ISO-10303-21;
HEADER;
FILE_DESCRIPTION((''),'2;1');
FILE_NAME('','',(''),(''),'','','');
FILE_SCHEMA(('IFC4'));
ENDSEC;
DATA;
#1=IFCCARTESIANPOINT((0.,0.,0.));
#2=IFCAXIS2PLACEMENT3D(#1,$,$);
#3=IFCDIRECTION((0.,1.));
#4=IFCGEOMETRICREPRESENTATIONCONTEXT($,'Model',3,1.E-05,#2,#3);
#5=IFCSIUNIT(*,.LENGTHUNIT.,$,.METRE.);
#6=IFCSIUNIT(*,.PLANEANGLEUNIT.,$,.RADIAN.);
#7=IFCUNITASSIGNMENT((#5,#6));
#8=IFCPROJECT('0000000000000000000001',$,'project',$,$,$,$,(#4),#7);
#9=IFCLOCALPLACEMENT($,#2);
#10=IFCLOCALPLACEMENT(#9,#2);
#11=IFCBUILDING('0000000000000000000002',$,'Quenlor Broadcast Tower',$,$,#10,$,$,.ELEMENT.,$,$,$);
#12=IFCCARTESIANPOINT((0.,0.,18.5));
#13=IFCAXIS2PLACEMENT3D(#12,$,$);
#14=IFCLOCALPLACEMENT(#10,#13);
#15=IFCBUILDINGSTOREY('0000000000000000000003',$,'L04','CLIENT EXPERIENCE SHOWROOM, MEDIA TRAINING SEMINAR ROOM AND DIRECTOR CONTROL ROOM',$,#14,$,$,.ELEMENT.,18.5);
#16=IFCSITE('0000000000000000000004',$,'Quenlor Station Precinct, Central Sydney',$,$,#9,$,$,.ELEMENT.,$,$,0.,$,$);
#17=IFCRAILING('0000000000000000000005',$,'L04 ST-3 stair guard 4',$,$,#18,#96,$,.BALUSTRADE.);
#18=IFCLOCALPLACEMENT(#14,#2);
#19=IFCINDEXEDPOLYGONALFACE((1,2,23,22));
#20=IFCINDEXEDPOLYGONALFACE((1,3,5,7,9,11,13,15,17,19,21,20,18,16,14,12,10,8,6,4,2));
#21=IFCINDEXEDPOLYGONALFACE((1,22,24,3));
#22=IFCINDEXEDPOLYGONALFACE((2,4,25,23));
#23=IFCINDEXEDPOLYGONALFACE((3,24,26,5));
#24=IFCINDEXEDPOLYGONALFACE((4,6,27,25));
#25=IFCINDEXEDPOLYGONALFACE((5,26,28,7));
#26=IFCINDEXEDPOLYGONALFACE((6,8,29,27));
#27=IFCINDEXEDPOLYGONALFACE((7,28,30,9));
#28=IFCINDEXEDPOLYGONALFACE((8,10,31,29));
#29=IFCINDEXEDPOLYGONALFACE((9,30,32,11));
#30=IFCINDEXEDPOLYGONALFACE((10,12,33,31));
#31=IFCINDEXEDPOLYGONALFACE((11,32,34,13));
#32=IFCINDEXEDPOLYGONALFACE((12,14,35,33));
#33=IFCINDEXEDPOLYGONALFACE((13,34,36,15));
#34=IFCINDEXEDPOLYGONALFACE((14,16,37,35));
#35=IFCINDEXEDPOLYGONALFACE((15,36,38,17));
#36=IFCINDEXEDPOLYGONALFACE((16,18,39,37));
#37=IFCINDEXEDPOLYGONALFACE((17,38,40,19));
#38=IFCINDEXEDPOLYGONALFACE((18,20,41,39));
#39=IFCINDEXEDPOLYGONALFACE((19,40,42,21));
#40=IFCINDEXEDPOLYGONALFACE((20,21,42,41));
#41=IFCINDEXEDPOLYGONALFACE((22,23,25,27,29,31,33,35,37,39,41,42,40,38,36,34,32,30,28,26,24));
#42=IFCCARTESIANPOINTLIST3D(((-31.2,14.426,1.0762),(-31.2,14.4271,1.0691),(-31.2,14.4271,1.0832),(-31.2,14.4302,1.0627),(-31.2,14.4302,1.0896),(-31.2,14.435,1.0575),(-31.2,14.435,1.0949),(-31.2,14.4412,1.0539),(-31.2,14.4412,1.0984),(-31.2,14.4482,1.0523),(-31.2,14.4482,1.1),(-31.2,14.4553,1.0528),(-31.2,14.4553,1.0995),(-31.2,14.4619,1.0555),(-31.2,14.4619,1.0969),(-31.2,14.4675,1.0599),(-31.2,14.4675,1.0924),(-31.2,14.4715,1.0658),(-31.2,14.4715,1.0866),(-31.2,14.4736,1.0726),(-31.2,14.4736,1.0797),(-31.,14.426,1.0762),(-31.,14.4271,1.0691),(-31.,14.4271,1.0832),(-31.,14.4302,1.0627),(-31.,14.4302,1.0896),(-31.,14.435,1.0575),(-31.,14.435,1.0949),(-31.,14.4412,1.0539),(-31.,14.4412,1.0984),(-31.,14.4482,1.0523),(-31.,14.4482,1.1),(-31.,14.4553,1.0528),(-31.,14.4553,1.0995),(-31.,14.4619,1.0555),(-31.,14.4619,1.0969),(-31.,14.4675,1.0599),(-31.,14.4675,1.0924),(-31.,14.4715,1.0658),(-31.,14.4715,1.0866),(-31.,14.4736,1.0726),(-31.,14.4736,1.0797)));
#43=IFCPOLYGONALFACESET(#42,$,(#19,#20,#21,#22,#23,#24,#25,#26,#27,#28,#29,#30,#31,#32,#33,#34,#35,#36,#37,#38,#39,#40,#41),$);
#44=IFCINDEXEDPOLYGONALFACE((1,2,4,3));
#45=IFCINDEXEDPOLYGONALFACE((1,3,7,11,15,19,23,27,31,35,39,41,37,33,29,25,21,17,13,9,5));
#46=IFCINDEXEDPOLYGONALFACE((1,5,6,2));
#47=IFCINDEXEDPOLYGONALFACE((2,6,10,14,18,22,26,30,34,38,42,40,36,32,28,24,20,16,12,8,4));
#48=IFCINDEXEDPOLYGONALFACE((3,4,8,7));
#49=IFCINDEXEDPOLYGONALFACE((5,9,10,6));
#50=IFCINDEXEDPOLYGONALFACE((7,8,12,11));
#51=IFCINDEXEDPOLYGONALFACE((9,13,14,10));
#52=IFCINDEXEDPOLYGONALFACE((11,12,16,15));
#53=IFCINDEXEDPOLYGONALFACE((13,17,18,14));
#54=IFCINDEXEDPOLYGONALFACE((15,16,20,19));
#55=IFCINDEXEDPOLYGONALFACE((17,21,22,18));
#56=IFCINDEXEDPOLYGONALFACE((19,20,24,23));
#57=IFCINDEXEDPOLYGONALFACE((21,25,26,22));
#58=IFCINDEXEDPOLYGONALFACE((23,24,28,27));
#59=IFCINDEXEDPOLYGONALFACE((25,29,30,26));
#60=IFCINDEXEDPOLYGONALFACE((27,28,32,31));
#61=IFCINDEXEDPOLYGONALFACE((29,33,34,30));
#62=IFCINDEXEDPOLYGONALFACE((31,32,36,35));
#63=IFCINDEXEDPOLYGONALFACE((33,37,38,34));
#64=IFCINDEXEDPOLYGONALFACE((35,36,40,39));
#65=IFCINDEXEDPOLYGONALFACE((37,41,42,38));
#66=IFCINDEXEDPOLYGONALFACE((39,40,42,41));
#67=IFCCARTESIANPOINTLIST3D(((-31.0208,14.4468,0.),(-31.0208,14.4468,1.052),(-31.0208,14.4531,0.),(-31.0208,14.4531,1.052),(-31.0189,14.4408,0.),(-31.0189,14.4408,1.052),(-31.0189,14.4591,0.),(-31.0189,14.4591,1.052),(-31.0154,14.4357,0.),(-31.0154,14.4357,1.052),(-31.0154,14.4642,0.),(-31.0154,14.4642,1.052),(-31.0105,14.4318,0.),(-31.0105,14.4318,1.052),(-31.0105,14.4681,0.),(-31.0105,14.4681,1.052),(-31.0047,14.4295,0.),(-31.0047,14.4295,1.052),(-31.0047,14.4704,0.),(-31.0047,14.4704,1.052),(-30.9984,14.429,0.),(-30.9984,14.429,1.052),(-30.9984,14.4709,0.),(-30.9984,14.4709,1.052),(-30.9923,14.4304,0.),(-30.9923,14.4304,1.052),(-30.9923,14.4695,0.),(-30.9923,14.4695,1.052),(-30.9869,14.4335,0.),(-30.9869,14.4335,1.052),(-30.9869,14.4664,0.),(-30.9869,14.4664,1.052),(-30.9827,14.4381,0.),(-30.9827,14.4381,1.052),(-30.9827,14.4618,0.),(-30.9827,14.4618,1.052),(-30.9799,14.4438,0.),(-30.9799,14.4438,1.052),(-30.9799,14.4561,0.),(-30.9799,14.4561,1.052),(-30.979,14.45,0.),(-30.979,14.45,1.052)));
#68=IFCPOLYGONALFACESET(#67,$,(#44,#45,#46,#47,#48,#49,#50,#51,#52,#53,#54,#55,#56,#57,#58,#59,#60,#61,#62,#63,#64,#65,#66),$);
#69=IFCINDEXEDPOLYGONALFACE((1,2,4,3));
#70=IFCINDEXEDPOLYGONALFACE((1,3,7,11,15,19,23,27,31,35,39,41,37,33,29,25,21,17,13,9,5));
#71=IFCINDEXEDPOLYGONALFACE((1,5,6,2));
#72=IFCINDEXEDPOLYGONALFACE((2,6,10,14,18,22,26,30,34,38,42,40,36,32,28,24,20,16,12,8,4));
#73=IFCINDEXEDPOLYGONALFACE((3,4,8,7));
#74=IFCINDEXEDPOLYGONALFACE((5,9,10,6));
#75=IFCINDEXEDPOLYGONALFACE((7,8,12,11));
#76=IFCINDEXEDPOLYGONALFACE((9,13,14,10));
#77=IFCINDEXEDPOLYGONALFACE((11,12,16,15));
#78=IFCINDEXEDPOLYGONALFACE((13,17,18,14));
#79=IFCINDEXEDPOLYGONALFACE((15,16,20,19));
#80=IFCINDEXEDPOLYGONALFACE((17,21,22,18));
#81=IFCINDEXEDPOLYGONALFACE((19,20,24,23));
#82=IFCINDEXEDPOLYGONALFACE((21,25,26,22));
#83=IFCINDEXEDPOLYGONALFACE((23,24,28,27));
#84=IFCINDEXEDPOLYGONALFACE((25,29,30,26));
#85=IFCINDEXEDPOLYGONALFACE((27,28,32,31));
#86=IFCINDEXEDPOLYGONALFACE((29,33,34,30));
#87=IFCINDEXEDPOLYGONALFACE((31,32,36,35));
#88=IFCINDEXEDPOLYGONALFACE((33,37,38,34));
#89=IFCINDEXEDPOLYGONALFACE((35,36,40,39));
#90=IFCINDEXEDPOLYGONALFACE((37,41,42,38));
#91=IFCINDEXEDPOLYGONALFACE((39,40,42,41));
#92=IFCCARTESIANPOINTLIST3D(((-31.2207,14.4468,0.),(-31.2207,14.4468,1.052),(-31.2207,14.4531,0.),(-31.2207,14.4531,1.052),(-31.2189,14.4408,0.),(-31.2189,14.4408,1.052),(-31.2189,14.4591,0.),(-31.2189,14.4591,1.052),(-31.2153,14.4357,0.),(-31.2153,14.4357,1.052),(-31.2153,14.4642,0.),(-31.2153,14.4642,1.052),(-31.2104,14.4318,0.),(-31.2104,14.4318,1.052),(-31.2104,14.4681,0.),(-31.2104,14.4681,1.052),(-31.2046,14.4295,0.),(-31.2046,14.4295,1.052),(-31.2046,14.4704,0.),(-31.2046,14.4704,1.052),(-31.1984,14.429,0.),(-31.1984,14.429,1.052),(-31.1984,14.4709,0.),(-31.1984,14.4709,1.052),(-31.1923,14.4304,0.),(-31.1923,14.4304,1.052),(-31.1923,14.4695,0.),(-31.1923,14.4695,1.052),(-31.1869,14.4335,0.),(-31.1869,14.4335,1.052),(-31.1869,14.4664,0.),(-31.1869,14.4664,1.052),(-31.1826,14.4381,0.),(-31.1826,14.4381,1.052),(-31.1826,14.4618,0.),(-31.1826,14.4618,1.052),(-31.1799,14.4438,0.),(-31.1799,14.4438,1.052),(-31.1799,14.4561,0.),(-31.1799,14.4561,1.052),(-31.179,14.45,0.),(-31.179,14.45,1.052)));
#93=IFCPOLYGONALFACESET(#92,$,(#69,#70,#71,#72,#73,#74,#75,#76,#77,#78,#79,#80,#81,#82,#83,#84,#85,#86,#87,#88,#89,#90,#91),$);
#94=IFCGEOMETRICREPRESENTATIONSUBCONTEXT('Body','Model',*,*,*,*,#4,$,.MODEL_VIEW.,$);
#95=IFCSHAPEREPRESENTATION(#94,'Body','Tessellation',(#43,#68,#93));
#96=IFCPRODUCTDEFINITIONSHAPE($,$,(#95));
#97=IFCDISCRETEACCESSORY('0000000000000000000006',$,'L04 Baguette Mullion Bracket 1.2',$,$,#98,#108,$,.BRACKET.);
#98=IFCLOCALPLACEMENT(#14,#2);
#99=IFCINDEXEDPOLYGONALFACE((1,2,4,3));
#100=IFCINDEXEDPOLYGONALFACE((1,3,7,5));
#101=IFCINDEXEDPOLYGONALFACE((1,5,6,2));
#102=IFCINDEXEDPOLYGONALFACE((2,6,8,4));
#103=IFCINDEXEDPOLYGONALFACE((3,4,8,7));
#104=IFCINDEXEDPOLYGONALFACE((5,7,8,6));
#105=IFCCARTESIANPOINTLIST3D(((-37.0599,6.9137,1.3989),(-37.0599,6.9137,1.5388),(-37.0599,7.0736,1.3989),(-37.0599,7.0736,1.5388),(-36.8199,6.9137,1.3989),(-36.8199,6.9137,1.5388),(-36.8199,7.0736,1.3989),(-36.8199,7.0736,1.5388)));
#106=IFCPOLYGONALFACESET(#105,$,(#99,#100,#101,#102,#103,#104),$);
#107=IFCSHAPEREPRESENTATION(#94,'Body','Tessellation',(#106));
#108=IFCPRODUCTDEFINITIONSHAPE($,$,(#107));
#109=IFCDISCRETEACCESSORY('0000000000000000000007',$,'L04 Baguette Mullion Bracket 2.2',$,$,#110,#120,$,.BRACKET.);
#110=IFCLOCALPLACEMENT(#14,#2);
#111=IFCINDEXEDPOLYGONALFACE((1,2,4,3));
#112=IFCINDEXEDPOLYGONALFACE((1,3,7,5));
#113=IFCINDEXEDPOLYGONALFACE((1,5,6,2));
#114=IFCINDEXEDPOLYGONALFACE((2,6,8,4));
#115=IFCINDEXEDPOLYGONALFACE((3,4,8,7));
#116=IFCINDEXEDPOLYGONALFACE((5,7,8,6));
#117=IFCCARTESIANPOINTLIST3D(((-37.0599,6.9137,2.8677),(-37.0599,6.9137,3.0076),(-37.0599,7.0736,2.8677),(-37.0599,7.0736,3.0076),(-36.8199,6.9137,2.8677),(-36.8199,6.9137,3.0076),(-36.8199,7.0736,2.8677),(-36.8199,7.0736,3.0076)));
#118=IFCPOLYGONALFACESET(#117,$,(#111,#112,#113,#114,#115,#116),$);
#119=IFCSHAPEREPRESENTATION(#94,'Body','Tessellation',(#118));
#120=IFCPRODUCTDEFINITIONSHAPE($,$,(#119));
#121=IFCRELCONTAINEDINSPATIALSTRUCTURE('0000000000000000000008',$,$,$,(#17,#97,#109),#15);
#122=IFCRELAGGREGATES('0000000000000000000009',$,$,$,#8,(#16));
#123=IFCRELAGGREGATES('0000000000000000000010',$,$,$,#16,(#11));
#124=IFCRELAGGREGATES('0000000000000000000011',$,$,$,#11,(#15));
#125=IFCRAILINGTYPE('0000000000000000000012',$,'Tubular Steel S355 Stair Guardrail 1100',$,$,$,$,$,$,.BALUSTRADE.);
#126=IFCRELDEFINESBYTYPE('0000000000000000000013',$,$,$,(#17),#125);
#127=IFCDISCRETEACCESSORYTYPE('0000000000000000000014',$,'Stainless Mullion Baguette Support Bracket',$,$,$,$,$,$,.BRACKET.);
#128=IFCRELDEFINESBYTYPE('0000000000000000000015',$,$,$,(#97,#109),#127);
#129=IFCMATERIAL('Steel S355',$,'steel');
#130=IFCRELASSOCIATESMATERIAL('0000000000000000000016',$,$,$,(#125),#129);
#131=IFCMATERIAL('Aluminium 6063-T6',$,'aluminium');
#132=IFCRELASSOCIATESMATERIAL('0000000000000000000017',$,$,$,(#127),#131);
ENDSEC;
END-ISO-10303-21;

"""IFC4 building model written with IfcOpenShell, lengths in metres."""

from ifc_helpers import new_model, si_unit, direction, frame, origin, origin_2d, place, context, subcontext, project, spatial, rectangle, circle, extrude, material, type_object, element, save


model = new_model("IFC4")

# Units and contexts
model_context = context("Model", 3, precision=1e-05, world=origin(), true_north=direction((0.0, 1.0)))
body_context = subcontext(model_context, "Body", "Model", "MODEL_VIEW")
ifc_project = project(units=[si_unit("LENGTHUNIT", "METRE"), si_unit("PLANEANGLEUNIT", "RADIAN")], contexts=[model_context])

# Site, building, storey
site_placement = place(None, origin())
site = spatial("IfcSite", under=ifc_project, at=site_placement, Name="Quenlor Station Precinct, Central Sydney", CompositionType="ELEMENT", RefElevation=0.0)
building_placement = place(site_placement, origin())
building = spatial("IfcBuilding", under=site, at=building_placement, Name="Quenlor Broadcast Tower", CompositionType="ELEMENT")
storey_placement = place(building_placement, frame((0.0, 0.0, 18.5)))
storey = spatial("IfcBuildingStorey", under=building, at=storey_placement, Name="L04", Description="CLIENT EXPERIENCE SHOWROOM, MEDIA TRAINING SEMINAR ROOM AND DIRECTOR CONTROL ROOM", CompositionType="ELEMENT", Elevation=18.5)

# Railing
ifc_material_1 = material(Name="Steel S355", Category="steel")
railing_type_1 = type_object("IfcRailingType", Name="Tubular Steel S355 Stair Guardrail 1100", PredefinedType="BALUSTRADE", material=ifc_material_1)
railing_1_placement = place(storey_placement, frame((-31.0, 14.45, 0.0)))
element("IfcRailing", 1, at=railing_1_placement, inside=storey, type_object=railing_type_1, Name="L04 ST-3 stair guard 4", PredefinedType="BALUSTRADE", context=body_context, shape_type="SweptSolid", body=[
    extrude(circle(Radius=0.0239, at=origin_2d()), frame((0.0, 0.0, 1.0762), z_axis=(-1.0, 0.0, 0.0), x_axis=(0.0, -1.0, 0.0)), (0.0, 0.0, 1.0), 0.2),
    extrude(circle(Radius=0.021, at=origin_2d()), origin(), (0.0, 0.0, 1.0), 1.052),
    extrude(circle(Radius=0.021, at=origin_2d()), frame((-0.2, 0.0, 0.0)), (0.0, 0.0, 1.0), 1.052),
])

# Discrete accessories
ifc_material_2 = material(Name="Aluminium 6063-T6", Category="aluminium")
discrete_accessory_type = type_object("IfcDiscreteAccessoryType", Name="Stainless Mullion Baguette Support Bracket", PredefinedType="BRACKET", material=ifc_material_2)
for number, where, z_axis, x_axis, name in (
    (2, (-36.9399, 6.9937, 1.3989), (0.0, 0.0, 1.0), (0.0, 1.0, 0.0), "L04 Baguette Mullion Bracket 1.2"),
    (3, (-36.9399, 6.9937, 2.8677), (0.0, 0.0, 1.0), (0.0, 1.0, 0.0), "L04 Baguette Mullion Bracket 2.2"),
):
    element("IfcDiscreteAccessory", number, at=place(storey_placement, frame(where, z_axis=z_axis, x_axis=x_axis)), inside=storey, type_object=discrete_accessory_type, Name=name, PredefinedType="BRACKET", context=body_context, shape_type="SweptSolid", body=[
        extrude(rectangle(XDim=0.1599, YDim=0.24, at=origin_2d()), origin(), (0.0, 0.0, 1.0), 0.1399),
    ])

save(model, "model.ifc")
